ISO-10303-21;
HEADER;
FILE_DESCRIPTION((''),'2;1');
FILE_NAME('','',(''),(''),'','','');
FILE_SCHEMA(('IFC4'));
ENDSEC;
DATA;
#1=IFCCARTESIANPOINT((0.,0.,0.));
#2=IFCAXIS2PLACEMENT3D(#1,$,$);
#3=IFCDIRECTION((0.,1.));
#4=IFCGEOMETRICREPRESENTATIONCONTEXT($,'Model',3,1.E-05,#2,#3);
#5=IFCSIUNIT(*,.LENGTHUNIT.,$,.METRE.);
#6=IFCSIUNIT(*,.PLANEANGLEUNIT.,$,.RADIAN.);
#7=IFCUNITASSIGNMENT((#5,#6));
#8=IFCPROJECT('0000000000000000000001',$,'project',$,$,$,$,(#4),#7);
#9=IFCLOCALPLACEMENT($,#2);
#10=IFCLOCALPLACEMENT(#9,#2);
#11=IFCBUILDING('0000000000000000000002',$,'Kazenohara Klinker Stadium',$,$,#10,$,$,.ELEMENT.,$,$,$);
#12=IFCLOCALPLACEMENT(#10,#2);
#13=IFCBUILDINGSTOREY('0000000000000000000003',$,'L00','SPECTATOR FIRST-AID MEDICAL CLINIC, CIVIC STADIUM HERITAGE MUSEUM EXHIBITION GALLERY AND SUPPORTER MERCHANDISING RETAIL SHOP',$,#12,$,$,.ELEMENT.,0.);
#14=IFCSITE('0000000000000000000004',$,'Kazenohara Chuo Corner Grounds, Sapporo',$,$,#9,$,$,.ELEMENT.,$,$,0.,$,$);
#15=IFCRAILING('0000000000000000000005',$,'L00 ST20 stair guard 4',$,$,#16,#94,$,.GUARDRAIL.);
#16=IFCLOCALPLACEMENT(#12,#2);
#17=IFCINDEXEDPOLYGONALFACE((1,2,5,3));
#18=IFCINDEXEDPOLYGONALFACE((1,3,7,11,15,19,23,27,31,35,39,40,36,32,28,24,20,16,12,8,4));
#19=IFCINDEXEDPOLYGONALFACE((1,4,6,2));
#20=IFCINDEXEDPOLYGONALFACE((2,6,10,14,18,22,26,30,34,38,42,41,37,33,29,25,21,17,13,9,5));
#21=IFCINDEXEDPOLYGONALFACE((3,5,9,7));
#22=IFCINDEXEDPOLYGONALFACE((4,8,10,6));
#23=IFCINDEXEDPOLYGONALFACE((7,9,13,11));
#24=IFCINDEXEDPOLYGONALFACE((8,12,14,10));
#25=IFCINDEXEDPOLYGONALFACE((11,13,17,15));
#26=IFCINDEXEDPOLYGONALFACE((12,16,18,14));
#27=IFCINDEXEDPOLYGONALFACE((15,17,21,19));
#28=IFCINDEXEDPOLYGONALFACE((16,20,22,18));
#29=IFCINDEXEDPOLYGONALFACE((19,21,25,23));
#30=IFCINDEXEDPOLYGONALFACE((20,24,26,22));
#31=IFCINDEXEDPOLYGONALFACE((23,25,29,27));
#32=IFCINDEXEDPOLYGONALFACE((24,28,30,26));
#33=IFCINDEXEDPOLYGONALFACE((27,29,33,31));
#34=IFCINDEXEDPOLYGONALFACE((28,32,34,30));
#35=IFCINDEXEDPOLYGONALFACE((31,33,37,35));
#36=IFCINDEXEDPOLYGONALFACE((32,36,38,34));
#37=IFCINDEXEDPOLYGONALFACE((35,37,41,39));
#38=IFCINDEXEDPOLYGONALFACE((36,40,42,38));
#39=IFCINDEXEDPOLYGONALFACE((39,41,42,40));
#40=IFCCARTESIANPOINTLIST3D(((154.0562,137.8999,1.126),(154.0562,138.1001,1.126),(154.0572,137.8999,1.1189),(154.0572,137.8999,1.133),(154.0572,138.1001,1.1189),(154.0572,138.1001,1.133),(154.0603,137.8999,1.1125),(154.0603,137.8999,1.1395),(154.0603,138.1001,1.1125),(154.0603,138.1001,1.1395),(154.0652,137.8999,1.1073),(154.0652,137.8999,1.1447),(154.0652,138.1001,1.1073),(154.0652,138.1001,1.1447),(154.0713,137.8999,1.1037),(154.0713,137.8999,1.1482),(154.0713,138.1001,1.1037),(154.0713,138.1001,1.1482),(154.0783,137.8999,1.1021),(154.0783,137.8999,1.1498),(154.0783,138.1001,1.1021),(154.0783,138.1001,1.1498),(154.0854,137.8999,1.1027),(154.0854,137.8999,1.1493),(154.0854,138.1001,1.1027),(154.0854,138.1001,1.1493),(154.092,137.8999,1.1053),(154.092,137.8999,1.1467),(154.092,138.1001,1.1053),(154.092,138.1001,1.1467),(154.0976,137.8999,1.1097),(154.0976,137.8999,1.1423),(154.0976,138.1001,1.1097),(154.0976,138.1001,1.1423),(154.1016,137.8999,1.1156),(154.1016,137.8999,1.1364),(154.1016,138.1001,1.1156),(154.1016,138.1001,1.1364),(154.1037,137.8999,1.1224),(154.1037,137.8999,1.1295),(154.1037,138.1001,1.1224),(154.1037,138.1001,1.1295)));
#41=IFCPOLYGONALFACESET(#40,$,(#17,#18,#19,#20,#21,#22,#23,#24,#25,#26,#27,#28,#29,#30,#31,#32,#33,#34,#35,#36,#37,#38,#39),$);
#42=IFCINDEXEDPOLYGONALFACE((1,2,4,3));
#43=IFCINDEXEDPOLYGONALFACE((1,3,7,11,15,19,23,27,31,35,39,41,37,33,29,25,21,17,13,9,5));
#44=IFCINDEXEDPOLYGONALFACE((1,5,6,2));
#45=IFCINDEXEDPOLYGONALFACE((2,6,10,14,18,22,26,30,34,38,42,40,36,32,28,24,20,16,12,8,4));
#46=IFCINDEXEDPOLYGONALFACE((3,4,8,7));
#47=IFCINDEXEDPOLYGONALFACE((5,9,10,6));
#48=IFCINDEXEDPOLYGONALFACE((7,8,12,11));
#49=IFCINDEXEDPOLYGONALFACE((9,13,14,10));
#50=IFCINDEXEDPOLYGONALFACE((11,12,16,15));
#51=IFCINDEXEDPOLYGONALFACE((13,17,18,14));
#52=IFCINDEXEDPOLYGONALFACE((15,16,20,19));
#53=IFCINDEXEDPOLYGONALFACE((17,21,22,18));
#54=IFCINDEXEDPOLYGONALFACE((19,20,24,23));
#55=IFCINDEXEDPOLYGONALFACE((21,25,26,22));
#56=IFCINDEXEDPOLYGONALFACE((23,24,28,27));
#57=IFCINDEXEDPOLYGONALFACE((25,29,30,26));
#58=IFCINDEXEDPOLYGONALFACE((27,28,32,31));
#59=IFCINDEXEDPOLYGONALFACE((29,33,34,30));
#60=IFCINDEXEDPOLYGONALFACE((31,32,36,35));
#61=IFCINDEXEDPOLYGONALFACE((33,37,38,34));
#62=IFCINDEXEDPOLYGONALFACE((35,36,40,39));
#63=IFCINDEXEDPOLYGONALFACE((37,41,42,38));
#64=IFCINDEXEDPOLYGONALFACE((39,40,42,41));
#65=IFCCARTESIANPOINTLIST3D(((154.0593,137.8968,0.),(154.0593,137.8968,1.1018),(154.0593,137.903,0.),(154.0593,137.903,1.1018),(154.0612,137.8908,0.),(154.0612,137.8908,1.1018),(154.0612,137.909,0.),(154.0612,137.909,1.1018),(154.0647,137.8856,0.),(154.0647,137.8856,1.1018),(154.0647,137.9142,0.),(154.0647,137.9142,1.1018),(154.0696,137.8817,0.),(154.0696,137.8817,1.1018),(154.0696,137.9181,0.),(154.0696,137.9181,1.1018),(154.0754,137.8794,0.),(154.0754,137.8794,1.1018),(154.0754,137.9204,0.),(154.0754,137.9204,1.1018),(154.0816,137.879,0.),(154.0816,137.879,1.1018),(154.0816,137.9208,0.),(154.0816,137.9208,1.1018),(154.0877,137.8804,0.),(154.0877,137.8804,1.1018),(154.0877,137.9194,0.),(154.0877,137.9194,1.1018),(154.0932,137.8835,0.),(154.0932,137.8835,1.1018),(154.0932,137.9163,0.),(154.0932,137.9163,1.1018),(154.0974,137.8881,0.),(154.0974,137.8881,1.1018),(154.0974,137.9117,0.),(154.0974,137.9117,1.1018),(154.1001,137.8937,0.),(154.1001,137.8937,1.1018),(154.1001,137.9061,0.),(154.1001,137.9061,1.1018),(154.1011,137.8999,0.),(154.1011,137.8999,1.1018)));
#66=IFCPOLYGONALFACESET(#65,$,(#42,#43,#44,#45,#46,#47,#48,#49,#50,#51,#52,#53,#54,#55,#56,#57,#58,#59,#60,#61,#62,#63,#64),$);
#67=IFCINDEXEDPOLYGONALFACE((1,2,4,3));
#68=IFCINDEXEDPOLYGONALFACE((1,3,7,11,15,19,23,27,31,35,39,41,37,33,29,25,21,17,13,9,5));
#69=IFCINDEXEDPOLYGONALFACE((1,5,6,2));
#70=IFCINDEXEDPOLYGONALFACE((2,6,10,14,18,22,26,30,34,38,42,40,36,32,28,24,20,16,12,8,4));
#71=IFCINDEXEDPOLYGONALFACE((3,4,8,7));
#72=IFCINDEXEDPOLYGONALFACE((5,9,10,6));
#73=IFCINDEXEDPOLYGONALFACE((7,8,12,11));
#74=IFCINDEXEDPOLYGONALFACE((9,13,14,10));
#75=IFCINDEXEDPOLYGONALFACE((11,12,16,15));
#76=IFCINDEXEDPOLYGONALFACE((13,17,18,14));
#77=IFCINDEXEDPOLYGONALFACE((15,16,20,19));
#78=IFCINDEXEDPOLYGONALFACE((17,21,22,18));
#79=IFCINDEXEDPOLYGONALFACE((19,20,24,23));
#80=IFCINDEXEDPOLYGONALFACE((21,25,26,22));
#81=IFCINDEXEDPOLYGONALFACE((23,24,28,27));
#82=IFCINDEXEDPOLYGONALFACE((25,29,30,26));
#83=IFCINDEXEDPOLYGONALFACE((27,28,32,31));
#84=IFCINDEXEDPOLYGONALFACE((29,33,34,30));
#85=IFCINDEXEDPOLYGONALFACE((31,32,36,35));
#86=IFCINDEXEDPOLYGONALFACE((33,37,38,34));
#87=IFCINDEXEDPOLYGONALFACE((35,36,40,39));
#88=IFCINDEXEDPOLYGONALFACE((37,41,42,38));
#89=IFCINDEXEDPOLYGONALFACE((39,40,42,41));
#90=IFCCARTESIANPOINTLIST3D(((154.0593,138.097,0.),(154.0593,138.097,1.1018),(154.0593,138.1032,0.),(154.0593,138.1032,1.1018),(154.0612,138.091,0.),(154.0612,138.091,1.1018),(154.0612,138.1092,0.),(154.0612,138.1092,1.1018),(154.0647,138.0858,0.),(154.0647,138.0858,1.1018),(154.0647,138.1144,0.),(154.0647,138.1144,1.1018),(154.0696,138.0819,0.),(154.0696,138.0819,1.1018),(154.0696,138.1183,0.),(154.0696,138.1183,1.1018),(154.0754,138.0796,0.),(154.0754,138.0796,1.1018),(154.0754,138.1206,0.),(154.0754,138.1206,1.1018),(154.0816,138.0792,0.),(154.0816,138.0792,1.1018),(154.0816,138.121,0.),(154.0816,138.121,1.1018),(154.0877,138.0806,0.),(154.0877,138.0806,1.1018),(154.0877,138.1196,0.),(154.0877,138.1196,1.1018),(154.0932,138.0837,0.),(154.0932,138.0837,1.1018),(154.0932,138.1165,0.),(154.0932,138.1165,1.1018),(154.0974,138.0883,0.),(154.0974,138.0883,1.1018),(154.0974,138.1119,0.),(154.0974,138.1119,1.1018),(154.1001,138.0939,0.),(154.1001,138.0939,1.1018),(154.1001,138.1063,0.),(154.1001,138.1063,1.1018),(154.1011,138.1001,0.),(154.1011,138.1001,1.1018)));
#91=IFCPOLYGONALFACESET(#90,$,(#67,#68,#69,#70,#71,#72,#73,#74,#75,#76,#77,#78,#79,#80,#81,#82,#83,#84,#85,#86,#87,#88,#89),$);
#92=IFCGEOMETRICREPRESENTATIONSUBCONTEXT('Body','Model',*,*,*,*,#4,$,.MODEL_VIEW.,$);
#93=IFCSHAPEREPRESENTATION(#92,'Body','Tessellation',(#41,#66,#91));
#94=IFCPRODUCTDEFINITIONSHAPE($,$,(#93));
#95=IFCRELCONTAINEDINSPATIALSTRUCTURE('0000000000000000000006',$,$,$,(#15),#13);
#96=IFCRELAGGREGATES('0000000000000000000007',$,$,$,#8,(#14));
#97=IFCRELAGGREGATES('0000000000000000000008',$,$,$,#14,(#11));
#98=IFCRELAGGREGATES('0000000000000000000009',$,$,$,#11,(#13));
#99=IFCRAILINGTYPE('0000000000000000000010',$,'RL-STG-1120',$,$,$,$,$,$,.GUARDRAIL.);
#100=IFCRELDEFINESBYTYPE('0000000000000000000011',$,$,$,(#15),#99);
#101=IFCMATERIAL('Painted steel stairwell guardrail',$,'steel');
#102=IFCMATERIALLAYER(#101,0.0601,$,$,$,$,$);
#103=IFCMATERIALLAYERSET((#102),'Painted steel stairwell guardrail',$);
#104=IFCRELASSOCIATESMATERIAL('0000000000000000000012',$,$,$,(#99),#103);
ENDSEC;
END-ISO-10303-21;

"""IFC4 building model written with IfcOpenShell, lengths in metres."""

from ifc_helpers import new_model, si_unit, direction, frame, origin, origin_2d, place, context, subcontext, project, spatial, circle, extrude, material, layer, layer_set, type_object, element, save


model = new_model("IFC4")

# Units and contexts
model_context = context("Model", 3, precision=1e-05, world=origin(), true_north=direction((0.0, 1.0)))
body_context = subcontext(model_context, "Body", "Model", "MODEL_VIEW")
ifc_project = project(units=[si_unit("LENGTHUNIT", "METRE"), si_unit("PLANEANGLEUNIT", "RADIAN")], contexts=[model_context])

# Site, building, storey
site_placement = place(None, origin())
site = spatial("IfcSite", under=ifc_project, at=site_placement, Name="Kazenohara Chuo Corner Grounds, Sapporo", CompositionType="ELEMENT", RefElevation=0.0)
building_placement = place(site_placement, origin())
building = spatial("IfcBuilding", under=site, at=building_placement, Name="Kazenohara Klinker Stadium", CompositionType="ELEMENT")
storey_placement = place(building_placement, origin())
storey = spatial("IfcBuildingStorey", under=building, at=storey_placement, Name="L00", Description="SPECTATOR FIRST-AID MEDICAL CLINIC, CIVIC STADIUM HERITAGE MUSEUM EXHIBITION GALLERY AND SUPPORTER MERCHANDISING RETAIL SHOP", CompositionType="ELEMENT", Elevation=0.0)

# Railing
ifc_material_1 = material(Name="Painted steel stairwell guardrail", Category="steel")
ifc_layer_1 = layer(ifc_material_1, 0.0601)
ifc_layer_set_1 = layer_set([ifc_layer_1], Name="Painted steel stairwell guardrail")
railing_type_1 = type_object("IfcRailingType", Name="RL-STG-1120", PredefinedType="GUARDRAIL", material=ifc_layer_set_1)
railing_1_placement = place(storey_placement, frame((154.0801, 137.8999, 0.0)))
element("IfcRailing", 1, at=railing_1_placement, inside=storey, type_object=railing_type_1, Name="L00 ST20 stair guard 4", PredefinedType="GUARDRAIL", context=body_context, shape_type="SweptSolid", body=[
    extrude(circle(Radius=0.0239, at=origin_2d()), frame((0.0, 0.0, 1.126), z_axis=(0.0, 1.0, 0.0), x_axis=(-1.0, 0.0, 0.0)), (0.0, 0.0, 1.0), 0.2002),
    extrude(circle(Radius=0.021, at=origin_2d()), origin(), (0.0, 0.0, 1.0), 1.1018),
    extrude(circle(Radius=0.021, at=origin_2d()), frame((0.0, 0.2002, 0.0)), (0.0, 0.0, 1.0), 1.1018),
])

save(model, "model.ifc")
